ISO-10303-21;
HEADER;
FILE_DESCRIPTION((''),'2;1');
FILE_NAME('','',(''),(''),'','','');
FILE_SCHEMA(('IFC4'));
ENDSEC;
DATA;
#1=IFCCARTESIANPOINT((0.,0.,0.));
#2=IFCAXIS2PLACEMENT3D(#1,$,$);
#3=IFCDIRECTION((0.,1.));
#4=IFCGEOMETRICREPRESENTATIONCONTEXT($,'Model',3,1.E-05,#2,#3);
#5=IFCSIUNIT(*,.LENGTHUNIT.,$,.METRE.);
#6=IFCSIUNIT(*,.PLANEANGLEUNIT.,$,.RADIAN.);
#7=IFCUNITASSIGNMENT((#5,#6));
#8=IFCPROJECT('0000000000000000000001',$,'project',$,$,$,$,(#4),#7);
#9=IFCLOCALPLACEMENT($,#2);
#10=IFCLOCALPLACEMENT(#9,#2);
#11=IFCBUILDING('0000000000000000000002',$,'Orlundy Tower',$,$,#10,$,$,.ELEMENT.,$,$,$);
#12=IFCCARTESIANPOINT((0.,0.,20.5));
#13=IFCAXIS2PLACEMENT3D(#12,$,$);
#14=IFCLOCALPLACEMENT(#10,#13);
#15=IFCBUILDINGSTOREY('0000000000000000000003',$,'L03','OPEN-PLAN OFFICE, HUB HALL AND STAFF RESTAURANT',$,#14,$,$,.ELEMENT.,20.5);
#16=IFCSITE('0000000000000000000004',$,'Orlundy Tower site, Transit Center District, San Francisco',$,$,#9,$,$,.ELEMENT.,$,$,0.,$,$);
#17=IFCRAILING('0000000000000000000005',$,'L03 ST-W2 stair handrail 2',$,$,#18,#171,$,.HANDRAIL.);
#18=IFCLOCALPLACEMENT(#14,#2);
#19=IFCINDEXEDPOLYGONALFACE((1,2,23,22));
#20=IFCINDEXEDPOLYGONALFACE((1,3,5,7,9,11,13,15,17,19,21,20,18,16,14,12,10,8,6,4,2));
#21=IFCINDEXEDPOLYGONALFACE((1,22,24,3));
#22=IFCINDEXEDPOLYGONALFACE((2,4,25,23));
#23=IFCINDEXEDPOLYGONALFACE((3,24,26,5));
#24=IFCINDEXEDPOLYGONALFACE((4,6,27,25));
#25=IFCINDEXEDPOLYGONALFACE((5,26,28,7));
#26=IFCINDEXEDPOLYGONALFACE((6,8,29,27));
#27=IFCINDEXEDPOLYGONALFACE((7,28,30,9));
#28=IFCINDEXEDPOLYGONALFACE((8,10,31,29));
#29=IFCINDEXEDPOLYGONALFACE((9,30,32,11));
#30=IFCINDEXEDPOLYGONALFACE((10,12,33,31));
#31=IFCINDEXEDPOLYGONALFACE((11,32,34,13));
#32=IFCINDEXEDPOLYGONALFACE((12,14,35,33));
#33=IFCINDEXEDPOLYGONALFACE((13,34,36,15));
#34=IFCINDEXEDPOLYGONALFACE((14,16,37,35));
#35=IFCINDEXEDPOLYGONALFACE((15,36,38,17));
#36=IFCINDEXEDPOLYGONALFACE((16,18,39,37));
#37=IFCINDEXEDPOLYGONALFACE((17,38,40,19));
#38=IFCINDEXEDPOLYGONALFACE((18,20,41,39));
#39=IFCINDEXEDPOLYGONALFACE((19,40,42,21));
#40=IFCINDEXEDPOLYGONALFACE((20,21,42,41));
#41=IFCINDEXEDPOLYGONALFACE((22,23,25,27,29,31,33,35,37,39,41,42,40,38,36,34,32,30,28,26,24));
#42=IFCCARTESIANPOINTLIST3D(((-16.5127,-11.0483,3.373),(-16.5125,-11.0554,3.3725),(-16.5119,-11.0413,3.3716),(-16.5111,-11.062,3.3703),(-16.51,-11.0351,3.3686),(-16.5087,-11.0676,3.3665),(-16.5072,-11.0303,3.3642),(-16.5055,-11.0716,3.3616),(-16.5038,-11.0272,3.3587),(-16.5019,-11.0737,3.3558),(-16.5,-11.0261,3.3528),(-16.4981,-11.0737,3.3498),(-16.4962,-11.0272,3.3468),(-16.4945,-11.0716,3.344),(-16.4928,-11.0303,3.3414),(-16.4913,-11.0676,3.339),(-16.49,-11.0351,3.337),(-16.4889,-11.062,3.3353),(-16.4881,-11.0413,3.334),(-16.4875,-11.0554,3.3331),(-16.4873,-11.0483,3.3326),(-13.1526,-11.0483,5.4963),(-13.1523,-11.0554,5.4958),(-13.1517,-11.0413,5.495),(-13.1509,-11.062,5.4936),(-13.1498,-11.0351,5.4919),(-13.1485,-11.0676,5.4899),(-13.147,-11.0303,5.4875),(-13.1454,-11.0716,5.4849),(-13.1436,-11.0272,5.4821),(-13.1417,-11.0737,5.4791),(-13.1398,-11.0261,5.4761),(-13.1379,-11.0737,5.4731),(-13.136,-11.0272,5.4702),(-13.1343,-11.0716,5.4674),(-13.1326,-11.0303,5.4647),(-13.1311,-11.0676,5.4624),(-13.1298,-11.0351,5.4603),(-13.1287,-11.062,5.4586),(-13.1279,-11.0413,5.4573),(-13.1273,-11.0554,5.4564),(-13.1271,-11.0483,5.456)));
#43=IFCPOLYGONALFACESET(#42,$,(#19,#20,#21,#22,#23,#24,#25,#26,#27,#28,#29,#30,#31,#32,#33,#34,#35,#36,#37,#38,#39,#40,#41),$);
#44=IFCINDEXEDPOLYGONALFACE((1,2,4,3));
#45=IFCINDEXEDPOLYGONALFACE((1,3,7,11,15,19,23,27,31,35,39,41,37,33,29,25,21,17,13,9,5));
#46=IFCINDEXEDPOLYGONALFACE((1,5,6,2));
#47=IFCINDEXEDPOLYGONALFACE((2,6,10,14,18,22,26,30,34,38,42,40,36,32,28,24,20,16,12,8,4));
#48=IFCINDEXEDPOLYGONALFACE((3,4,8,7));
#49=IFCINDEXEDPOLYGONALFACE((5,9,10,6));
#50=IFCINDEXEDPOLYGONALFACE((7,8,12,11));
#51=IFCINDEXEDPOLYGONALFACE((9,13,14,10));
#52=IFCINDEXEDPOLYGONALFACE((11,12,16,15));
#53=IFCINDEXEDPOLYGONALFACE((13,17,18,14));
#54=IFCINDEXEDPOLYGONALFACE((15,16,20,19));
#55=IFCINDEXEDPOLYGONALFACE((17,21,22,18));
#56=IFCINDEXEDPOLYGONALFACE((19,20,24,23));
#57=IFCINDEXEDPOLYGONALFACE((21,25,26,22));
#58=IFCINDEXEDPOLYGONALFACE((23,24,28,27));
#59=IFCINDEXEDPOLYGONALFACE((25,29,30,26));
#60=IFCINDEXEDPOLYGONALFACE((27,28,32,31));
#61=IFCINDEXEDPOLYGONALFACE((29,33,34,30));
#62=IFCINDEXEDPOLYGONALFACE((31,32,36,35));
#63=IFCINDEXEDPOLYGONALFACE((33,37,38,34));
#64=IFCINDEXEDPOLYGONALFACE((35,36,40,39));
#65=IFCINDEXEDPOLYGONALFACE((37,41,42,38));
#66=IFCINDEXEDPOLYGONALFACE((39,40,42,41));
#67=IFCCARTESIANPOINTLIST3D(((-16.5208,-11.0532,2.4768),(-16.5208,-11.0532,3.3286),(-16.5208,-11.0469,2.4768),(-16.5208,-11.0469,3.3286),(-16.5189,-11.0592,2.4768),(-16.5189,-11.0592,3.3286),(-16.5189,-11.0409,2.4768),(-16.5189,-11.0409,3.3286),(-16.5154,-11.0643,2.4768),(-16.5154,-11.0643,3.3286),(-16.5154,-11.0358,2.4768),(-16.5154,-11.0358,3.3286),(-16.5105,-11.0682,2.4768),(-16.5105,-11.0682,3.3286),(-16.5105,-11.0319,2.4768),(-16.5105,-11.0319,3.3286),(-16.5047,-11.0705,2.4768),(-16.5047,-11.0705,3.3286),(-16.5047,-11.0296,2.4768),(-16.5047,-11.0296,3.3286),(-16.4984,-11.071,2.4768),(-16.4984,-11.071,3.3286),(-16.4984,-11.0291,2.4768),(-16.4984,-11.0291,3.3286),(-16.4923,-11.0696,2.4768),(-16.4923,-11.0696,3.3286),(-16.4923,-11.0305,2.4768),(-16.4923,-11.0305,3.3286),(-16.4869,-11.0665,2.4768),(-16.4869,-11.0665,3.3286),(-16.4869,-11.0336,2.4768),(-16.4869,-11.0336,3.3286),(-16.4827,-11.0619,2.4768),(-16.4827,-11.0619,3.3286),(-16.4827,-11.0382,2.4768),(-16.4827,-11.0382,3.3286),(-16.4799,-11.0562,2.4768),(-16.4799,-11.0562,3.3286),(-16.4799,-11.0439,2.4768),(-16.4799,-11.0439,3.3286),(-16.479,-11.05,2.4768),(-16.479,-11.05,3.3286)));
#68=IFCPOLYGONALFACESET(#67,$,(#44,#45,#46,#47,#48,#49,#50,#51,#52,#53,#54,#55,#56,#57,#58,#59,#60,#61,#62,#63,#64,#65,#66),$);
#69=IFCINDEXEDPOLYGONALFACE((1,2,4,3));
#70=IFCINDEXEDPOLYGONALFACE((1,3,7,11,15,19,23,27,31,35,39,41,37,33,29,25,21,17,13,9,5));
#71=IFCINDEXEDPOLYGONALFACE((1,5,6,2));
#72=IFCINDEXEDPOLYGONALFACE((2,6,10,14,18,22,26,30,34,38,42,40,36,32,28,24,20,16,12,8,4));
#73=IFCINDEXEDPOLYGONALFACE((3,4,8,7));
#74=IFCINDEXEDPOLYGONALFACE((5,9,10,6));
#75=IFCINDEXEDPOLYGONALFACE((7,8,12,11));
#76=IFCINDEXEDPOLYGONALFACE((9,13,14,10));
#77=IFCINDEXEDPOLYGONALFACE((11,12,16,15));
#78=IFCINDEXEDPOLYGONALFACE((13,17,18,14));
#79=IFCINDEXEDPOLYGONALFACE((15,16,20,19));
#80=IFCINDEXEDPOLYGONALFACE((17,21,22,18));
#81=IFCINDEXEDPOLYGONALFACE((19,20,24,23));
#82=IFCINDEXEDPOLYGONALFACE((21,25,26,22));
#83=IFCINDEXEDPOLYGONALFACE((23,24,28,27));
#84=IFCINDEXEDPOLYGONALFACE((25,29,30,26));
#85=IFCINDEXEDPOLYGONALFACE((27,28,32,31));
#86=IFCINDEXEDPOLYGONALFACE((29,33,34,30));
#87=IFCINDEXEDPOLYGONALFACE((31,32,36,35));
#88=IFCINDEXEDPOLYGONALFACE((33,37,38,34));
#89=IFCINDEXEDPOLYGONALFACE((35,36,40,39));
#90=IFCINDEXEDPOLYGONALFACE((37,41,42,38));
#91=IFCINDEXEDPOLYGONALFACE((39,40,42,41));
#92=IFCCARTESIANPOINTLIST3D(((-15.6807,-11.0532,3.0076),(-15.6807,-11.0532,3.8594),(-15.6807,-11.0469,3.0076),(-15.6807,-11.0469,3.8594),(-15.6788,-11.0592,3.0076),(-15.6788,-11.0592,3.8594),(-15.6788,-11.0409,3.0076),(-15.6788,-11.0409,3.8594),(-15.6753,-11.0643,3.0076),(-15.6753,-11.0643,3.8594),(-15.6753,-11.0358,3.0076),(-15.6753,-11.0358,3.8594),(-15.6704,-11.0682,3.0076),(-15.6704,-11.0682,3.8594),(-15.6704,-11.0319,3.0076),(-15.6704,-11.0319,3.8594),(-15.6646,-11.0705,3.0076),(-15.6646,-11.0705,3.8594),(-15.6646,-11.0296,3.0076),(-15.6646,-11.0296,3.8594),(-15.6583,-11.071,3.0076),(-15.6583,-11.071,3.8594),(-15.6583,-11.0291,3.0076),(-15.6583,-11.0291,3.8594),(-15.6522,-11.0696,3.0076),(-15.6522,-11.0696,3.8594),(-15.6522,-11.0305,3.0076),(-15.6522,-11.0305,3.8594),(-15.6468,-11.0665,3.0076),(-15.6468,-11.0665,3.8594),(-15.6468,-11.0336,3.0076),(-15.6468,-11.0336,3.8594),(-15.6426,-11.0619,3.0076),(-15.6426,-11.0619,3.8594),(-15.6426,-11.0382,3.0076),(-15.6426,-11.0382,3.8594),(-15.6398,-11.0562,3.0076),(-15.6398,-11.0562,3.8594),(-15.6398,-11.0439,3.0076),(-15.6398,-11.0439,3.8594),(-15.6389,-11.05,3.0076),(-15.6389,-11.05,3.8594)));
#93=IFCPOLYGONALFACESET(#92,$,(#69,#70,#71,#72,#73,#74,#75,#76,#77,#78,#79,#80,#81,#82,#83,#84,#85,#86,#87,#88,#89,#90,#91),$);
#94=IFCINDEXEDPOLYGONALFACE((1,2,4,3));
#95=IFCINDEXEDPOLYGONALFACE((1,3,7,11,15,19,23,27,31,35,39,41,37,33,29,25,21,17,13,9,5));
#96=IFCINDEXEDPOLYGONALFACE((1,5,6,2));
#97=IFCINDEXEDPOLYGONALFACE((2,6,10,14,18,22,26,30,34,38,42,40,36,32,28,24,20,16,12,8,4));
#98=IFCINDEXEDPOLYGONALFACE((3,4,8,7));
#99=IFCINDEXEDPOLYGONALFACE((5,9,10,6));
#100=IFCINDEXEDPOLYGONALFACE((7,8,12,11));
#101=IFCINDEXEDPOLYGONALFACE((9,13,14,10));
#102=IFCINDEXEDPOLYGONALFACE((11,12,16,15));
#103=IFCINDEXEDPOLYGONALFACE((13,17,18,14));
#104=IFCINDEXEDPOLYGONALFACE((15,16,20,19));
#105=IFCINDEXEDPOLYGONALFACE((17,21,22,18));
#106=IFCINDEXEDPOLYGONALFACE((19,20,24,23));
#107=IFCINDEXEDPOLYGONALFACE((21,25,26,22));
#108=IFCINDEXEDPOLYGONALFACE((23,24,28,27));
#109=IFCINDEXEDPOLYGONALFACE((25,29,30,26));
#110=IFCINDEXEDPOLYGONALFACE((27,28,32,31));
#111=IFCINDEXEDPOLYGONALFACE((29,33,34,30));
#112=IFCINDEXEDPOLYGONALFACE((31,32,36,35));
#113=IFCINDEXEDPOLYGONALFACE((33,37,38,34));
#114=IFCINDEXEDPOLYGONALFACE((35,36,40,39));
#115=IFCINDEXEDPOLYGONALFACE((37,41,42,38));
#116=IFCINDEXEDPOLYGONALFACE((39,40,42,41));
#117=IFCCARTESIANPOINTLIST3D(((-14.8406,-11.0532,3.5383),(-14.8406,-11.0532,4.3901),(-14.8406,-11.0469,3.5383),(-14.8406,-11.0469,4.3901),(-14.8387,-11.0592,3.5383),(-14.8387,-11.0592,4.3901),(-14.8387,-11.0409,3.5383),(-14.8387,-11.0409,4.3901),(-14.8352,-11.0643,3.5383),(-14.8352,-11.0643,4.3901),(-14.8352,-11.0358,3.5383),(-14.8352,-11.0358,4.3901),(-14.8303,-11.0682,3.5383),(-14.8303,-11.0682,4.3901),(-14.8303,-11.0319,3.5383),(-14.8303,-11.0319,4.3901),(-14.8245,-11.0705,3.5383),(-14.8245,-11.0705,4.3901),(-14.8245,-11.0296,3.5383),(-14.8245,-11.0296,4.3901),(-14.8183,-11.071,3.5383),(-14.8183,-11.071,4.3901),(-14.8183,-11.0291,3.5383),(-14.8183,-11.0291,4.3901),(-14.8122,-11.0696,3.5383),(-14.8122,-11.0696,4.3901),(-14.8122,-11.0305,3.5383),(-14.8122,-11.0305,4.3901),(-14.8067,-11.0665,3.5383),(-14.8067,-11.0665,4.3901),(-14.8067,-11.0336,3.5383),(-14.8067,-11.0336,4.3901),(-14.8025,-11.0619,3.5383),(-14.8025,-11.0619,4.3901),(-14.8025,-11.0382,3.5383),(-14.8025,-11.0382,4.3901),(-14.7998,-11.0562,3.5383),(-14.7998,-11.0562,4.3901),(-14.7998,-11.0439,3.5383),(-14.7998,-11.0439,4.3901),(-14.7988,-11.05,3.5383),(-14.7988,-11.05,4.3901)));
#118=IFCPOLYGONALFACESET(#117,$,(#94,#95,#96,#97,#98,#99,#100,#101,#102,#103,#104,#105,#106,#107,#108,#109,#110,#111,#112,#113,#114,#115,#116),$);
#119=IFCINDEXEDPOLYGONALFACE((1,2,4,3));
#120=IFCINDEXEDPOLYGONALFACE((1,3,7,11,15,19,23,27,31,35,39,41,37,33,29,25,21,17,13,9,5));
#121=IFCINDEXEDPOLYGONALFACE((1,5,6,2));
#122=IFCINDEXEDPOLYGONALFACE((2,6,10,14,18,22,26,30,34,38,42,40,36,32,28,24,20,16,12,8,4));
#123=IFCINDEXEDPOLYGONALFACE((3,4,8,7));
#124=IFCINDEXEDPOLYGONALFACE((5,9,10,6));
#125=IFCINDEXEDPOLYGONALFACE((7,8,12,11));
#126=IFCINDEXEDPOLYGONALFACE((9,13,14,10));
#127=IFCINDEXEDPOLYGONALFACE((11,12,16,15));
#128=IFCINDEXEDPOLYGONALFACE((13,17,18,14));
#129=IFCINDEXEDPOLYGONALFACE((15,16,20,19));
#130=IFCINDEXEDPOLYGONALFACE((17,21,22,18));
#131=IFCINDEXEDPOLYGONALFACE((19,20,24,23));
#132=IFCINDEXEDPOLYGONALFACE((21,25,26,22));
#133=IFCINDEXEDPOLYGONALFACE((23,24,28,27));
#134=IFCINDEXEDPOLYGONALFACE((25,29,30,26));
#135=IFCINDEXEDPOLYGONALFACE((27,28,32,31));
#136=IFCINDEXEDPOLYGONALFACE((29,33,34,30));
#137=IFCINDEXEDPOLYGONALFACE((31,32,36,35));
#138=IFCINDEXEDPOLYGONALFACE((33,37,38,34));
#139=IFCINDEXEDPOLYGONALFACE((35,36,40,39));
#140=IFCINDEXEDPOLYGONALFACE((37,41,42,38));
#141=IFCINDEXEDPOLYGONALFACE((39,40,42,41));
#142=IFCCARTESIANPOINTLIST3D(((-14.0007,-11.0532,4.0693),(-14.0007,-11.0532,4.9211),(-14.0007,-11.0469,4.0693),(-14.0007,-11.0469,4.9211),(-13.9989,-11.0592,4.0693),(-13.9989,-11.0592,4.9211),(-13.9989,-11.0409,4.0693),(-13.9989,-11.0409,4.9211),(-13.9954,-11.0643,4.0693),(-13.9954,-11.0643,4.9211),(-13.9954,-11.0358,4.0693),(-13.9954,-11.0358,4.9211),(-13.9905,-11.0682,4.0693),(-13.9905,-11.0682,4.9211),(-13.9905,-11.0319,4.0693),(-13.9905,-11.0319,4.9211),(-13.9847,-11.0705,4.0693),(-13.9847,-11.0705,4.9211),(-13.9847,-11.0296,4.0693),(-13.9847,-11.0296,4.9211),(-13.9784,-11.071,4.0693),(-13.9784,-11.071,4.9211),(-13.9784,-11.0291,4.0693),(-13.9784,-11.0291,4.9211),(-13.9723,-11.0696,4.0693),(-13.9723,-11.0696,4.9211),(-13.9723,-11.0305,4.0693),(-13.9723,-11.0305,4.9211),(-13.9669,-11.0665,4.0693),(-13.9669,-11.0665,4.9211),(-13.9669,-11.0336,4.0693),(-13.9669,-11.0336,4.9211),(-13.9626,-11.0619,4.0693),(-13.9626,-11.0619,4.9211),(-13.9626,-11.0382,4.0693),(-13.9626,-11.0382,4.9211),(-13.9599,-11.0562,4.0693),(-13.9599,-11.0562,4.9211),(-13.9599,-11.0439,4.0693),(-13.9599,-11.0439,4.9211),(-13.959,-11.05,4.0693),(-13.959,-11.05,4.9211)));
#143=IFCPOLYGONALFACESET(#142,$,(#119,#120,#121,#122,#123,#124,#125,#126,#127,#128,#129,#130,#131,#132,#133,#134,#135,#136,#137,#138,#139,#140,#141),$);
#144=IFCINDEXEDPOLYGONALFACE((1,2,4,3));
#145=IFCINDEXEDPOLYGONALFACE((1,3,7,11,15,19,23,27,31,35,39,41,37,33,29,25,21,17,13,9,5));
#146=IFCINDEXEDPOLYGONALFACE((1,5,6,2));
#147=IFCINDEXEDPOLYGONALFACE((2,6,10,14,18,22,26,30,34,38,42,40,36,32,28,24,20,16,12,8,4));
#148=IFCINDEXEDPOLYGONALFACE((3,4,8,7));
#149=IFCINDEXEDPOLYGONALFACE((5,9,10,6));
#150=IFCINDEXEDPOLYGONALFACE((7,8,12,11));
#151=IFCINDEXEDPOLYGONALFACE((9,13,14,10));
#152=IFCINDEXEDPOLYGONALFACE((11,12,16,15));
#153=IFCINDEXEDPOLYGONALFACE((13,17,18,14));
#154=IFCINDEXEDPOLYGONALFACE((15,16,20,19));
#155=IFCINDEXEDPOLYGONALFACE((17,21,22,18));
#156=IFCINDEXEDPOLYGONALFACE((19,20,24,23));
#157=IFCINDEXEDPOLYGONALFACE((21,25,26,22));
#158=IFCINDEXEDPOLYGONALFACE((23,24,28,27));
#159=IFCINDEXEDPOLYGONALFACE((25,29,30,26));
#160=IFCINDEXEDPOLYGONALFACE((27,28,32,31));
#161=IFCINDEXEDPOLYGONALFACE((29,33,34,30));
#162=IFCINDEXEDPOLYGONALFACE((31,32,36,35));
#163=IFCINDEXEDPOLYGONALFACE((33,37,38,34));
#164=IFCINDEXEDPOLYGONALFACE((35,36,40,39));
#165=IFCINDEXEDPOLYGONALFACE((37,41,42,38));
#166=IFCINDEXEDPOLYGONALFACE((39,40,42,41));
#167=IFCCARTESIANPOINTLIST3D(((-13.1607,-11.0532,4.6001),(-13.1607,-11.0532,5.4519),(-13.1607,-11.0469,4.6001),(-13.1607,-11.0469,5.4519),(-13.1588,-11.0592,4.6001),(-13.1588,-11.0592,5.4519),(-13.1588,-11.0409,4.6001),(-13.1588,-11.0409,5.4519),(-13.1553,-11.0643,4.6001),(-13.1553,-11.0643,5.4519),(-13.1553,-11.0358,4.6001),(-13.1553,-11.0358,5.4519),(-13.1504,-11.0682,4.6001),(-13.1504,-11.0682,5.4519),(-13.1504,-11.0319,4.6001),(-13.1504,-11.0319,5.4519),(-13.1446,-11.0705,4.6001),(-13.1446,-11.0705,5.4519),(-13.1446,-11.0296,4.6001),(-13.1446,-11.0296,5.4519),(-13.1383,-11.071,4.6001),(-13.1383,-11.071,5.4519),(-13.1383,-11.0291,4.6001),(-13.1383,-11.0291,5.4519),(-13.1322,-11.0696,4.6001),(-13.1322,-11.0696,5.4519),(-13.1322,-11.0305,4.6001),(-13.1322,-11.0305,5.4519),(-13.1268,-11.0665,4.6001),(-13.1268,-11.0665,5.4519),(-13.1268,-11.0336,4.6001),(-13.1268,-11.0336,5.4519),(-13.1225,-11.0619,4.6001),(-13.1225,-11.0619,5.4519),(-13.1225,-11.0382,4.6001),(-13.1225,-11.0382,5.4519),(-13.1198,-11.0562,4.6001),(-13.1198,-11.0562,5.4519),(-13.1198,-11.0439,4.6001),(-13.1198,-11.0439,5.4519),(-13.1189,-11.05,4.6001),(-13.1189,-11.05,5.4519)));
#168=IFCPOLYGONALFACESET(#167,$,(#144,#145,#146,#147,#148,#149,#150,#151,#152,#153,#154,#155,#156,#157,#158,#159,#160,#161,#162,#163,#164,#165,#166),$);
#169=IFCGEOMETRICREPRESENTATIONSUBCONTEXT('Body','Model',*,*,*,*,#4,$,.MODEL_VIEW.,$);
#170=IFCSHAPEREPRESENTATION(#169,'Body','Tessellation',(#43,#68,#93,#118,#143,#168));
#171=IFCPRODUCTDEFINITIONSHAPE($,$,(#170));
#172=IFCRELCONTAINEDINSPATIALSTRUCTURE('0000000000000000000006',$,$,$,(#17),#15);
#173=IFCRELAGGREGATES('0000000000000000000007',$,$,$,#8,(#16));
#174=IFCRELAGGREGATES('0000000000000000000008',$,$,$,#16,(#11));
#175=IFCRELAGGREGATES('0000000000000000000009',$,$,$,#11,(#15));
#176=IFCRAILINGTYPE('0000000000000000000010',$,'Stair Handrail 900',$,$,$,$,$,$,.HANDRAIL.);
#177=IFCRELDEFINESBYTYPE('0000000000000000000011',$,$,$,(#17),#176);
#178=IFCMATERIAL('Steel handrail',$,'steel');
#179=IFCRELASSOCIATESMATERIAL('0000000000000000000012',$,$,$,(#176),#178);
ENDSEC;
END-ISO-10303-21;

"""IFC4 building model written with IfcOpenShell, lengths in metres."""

from ifc_helpers import new_model, si_unit, direction, frame, origin, origin_2d, place, context, subcontext, project, spatial, circle, extrude, material, type_object, element, save


model = new_model("IFC4")

# Units and contexts
model_context = context("Model", 3, precision=1e-05, world=origin(), true_north=direction((0.0, 1.0)))
body_context = subcontext(model_context, "Body", "Model", "MODEL_VIEW")
ifc_project = project(units=[si_unit("LENGTHUNIT", "METRE"), si_unit("PLANEANGLEUNIT", "RADIAN")], contexts=[model_context])

# Site, building, storey
site_placement = place(None, origin())
site = spatial("IfcSite", under=ifc_project, at=site_placement, Name="Orlundy Tower site, Transit Center District, San Francisco", CompositionType="ELEMENT", RefElevation=0.0)
building_placement = place(site_placement, origin())
building = spatial("IfcBuilding", under=site, at=building_placement, Name="Orlundy Tower", CompositionType="ELEMENT")
storey_placement = place(building_placement, frame((0.0, 0.0, 20.5)))
storey = spatial("IfcBuildingStorey", under=building, at=storey_placement, Name="L03", Description="OPEN-PLAN OFFICE, HUB HALL AND STAFF RESTAURANT", CompositionType="ELEMENT", Elevation=20.5)

# Railing
ifc_material_1 = material(Name="Steel handrail", Category="steel")
railing_type_1 = type_object("IfcRailingType", Name="Stair Handrail 900", PredefinedType="HANDRAIL", material=ifc_material_1)
railing_1_placement = place(storey_placement, frame((-16.5, -11.05, 2.4768)))
element("IfcRailing", 1, at=railing_1_placement, inside=storey, type_object=railing_type_1, Name="L03 ST-W2 stair handrail 2", PredefinedType="HANDRAIL", context=body_context, shape_type="SweptSolid", body=[
    extrude(circle(Radius=0.0239, at=origin_2d()), frame((0.0, 0.0, 0.876), z_axis=(0.845362, 0.0, 0.534194), x_axis=(0.0, 1.0, 0.0)), (0.0, 0.0, 1.0), 3.9749),
    extrude(circle(Radius=0.021, at=origin_2d()), origin(), (0.0, 0.0, 1.0), 0.8518),
    extrude(circle(Radius=0.021, at=origin_2d()), frame((0.8401, 0.0, 0.5308)), (0.0, 0.0, 1.0), 0.8518),
    extrude(circle(Radius=0.021, at=origin_2d()), frame((1.6802, 0.0, 1.0615)), (0.0, 0.0, 1.0), 0.8518),
    extrude(circle(Radius=0.021, at=origin_2d()), frame((2.52, 0.0, 1.5925)), (0.0, 0.0, 1.0), 0.8518),
    extrude(circle(Radius=0.021, at=origin_2d()), frame((3.3601, 0.0, 2.1233)), (0.0, 0.0, 1.0), 0.8518),
])

save(model, "model.ifc")
